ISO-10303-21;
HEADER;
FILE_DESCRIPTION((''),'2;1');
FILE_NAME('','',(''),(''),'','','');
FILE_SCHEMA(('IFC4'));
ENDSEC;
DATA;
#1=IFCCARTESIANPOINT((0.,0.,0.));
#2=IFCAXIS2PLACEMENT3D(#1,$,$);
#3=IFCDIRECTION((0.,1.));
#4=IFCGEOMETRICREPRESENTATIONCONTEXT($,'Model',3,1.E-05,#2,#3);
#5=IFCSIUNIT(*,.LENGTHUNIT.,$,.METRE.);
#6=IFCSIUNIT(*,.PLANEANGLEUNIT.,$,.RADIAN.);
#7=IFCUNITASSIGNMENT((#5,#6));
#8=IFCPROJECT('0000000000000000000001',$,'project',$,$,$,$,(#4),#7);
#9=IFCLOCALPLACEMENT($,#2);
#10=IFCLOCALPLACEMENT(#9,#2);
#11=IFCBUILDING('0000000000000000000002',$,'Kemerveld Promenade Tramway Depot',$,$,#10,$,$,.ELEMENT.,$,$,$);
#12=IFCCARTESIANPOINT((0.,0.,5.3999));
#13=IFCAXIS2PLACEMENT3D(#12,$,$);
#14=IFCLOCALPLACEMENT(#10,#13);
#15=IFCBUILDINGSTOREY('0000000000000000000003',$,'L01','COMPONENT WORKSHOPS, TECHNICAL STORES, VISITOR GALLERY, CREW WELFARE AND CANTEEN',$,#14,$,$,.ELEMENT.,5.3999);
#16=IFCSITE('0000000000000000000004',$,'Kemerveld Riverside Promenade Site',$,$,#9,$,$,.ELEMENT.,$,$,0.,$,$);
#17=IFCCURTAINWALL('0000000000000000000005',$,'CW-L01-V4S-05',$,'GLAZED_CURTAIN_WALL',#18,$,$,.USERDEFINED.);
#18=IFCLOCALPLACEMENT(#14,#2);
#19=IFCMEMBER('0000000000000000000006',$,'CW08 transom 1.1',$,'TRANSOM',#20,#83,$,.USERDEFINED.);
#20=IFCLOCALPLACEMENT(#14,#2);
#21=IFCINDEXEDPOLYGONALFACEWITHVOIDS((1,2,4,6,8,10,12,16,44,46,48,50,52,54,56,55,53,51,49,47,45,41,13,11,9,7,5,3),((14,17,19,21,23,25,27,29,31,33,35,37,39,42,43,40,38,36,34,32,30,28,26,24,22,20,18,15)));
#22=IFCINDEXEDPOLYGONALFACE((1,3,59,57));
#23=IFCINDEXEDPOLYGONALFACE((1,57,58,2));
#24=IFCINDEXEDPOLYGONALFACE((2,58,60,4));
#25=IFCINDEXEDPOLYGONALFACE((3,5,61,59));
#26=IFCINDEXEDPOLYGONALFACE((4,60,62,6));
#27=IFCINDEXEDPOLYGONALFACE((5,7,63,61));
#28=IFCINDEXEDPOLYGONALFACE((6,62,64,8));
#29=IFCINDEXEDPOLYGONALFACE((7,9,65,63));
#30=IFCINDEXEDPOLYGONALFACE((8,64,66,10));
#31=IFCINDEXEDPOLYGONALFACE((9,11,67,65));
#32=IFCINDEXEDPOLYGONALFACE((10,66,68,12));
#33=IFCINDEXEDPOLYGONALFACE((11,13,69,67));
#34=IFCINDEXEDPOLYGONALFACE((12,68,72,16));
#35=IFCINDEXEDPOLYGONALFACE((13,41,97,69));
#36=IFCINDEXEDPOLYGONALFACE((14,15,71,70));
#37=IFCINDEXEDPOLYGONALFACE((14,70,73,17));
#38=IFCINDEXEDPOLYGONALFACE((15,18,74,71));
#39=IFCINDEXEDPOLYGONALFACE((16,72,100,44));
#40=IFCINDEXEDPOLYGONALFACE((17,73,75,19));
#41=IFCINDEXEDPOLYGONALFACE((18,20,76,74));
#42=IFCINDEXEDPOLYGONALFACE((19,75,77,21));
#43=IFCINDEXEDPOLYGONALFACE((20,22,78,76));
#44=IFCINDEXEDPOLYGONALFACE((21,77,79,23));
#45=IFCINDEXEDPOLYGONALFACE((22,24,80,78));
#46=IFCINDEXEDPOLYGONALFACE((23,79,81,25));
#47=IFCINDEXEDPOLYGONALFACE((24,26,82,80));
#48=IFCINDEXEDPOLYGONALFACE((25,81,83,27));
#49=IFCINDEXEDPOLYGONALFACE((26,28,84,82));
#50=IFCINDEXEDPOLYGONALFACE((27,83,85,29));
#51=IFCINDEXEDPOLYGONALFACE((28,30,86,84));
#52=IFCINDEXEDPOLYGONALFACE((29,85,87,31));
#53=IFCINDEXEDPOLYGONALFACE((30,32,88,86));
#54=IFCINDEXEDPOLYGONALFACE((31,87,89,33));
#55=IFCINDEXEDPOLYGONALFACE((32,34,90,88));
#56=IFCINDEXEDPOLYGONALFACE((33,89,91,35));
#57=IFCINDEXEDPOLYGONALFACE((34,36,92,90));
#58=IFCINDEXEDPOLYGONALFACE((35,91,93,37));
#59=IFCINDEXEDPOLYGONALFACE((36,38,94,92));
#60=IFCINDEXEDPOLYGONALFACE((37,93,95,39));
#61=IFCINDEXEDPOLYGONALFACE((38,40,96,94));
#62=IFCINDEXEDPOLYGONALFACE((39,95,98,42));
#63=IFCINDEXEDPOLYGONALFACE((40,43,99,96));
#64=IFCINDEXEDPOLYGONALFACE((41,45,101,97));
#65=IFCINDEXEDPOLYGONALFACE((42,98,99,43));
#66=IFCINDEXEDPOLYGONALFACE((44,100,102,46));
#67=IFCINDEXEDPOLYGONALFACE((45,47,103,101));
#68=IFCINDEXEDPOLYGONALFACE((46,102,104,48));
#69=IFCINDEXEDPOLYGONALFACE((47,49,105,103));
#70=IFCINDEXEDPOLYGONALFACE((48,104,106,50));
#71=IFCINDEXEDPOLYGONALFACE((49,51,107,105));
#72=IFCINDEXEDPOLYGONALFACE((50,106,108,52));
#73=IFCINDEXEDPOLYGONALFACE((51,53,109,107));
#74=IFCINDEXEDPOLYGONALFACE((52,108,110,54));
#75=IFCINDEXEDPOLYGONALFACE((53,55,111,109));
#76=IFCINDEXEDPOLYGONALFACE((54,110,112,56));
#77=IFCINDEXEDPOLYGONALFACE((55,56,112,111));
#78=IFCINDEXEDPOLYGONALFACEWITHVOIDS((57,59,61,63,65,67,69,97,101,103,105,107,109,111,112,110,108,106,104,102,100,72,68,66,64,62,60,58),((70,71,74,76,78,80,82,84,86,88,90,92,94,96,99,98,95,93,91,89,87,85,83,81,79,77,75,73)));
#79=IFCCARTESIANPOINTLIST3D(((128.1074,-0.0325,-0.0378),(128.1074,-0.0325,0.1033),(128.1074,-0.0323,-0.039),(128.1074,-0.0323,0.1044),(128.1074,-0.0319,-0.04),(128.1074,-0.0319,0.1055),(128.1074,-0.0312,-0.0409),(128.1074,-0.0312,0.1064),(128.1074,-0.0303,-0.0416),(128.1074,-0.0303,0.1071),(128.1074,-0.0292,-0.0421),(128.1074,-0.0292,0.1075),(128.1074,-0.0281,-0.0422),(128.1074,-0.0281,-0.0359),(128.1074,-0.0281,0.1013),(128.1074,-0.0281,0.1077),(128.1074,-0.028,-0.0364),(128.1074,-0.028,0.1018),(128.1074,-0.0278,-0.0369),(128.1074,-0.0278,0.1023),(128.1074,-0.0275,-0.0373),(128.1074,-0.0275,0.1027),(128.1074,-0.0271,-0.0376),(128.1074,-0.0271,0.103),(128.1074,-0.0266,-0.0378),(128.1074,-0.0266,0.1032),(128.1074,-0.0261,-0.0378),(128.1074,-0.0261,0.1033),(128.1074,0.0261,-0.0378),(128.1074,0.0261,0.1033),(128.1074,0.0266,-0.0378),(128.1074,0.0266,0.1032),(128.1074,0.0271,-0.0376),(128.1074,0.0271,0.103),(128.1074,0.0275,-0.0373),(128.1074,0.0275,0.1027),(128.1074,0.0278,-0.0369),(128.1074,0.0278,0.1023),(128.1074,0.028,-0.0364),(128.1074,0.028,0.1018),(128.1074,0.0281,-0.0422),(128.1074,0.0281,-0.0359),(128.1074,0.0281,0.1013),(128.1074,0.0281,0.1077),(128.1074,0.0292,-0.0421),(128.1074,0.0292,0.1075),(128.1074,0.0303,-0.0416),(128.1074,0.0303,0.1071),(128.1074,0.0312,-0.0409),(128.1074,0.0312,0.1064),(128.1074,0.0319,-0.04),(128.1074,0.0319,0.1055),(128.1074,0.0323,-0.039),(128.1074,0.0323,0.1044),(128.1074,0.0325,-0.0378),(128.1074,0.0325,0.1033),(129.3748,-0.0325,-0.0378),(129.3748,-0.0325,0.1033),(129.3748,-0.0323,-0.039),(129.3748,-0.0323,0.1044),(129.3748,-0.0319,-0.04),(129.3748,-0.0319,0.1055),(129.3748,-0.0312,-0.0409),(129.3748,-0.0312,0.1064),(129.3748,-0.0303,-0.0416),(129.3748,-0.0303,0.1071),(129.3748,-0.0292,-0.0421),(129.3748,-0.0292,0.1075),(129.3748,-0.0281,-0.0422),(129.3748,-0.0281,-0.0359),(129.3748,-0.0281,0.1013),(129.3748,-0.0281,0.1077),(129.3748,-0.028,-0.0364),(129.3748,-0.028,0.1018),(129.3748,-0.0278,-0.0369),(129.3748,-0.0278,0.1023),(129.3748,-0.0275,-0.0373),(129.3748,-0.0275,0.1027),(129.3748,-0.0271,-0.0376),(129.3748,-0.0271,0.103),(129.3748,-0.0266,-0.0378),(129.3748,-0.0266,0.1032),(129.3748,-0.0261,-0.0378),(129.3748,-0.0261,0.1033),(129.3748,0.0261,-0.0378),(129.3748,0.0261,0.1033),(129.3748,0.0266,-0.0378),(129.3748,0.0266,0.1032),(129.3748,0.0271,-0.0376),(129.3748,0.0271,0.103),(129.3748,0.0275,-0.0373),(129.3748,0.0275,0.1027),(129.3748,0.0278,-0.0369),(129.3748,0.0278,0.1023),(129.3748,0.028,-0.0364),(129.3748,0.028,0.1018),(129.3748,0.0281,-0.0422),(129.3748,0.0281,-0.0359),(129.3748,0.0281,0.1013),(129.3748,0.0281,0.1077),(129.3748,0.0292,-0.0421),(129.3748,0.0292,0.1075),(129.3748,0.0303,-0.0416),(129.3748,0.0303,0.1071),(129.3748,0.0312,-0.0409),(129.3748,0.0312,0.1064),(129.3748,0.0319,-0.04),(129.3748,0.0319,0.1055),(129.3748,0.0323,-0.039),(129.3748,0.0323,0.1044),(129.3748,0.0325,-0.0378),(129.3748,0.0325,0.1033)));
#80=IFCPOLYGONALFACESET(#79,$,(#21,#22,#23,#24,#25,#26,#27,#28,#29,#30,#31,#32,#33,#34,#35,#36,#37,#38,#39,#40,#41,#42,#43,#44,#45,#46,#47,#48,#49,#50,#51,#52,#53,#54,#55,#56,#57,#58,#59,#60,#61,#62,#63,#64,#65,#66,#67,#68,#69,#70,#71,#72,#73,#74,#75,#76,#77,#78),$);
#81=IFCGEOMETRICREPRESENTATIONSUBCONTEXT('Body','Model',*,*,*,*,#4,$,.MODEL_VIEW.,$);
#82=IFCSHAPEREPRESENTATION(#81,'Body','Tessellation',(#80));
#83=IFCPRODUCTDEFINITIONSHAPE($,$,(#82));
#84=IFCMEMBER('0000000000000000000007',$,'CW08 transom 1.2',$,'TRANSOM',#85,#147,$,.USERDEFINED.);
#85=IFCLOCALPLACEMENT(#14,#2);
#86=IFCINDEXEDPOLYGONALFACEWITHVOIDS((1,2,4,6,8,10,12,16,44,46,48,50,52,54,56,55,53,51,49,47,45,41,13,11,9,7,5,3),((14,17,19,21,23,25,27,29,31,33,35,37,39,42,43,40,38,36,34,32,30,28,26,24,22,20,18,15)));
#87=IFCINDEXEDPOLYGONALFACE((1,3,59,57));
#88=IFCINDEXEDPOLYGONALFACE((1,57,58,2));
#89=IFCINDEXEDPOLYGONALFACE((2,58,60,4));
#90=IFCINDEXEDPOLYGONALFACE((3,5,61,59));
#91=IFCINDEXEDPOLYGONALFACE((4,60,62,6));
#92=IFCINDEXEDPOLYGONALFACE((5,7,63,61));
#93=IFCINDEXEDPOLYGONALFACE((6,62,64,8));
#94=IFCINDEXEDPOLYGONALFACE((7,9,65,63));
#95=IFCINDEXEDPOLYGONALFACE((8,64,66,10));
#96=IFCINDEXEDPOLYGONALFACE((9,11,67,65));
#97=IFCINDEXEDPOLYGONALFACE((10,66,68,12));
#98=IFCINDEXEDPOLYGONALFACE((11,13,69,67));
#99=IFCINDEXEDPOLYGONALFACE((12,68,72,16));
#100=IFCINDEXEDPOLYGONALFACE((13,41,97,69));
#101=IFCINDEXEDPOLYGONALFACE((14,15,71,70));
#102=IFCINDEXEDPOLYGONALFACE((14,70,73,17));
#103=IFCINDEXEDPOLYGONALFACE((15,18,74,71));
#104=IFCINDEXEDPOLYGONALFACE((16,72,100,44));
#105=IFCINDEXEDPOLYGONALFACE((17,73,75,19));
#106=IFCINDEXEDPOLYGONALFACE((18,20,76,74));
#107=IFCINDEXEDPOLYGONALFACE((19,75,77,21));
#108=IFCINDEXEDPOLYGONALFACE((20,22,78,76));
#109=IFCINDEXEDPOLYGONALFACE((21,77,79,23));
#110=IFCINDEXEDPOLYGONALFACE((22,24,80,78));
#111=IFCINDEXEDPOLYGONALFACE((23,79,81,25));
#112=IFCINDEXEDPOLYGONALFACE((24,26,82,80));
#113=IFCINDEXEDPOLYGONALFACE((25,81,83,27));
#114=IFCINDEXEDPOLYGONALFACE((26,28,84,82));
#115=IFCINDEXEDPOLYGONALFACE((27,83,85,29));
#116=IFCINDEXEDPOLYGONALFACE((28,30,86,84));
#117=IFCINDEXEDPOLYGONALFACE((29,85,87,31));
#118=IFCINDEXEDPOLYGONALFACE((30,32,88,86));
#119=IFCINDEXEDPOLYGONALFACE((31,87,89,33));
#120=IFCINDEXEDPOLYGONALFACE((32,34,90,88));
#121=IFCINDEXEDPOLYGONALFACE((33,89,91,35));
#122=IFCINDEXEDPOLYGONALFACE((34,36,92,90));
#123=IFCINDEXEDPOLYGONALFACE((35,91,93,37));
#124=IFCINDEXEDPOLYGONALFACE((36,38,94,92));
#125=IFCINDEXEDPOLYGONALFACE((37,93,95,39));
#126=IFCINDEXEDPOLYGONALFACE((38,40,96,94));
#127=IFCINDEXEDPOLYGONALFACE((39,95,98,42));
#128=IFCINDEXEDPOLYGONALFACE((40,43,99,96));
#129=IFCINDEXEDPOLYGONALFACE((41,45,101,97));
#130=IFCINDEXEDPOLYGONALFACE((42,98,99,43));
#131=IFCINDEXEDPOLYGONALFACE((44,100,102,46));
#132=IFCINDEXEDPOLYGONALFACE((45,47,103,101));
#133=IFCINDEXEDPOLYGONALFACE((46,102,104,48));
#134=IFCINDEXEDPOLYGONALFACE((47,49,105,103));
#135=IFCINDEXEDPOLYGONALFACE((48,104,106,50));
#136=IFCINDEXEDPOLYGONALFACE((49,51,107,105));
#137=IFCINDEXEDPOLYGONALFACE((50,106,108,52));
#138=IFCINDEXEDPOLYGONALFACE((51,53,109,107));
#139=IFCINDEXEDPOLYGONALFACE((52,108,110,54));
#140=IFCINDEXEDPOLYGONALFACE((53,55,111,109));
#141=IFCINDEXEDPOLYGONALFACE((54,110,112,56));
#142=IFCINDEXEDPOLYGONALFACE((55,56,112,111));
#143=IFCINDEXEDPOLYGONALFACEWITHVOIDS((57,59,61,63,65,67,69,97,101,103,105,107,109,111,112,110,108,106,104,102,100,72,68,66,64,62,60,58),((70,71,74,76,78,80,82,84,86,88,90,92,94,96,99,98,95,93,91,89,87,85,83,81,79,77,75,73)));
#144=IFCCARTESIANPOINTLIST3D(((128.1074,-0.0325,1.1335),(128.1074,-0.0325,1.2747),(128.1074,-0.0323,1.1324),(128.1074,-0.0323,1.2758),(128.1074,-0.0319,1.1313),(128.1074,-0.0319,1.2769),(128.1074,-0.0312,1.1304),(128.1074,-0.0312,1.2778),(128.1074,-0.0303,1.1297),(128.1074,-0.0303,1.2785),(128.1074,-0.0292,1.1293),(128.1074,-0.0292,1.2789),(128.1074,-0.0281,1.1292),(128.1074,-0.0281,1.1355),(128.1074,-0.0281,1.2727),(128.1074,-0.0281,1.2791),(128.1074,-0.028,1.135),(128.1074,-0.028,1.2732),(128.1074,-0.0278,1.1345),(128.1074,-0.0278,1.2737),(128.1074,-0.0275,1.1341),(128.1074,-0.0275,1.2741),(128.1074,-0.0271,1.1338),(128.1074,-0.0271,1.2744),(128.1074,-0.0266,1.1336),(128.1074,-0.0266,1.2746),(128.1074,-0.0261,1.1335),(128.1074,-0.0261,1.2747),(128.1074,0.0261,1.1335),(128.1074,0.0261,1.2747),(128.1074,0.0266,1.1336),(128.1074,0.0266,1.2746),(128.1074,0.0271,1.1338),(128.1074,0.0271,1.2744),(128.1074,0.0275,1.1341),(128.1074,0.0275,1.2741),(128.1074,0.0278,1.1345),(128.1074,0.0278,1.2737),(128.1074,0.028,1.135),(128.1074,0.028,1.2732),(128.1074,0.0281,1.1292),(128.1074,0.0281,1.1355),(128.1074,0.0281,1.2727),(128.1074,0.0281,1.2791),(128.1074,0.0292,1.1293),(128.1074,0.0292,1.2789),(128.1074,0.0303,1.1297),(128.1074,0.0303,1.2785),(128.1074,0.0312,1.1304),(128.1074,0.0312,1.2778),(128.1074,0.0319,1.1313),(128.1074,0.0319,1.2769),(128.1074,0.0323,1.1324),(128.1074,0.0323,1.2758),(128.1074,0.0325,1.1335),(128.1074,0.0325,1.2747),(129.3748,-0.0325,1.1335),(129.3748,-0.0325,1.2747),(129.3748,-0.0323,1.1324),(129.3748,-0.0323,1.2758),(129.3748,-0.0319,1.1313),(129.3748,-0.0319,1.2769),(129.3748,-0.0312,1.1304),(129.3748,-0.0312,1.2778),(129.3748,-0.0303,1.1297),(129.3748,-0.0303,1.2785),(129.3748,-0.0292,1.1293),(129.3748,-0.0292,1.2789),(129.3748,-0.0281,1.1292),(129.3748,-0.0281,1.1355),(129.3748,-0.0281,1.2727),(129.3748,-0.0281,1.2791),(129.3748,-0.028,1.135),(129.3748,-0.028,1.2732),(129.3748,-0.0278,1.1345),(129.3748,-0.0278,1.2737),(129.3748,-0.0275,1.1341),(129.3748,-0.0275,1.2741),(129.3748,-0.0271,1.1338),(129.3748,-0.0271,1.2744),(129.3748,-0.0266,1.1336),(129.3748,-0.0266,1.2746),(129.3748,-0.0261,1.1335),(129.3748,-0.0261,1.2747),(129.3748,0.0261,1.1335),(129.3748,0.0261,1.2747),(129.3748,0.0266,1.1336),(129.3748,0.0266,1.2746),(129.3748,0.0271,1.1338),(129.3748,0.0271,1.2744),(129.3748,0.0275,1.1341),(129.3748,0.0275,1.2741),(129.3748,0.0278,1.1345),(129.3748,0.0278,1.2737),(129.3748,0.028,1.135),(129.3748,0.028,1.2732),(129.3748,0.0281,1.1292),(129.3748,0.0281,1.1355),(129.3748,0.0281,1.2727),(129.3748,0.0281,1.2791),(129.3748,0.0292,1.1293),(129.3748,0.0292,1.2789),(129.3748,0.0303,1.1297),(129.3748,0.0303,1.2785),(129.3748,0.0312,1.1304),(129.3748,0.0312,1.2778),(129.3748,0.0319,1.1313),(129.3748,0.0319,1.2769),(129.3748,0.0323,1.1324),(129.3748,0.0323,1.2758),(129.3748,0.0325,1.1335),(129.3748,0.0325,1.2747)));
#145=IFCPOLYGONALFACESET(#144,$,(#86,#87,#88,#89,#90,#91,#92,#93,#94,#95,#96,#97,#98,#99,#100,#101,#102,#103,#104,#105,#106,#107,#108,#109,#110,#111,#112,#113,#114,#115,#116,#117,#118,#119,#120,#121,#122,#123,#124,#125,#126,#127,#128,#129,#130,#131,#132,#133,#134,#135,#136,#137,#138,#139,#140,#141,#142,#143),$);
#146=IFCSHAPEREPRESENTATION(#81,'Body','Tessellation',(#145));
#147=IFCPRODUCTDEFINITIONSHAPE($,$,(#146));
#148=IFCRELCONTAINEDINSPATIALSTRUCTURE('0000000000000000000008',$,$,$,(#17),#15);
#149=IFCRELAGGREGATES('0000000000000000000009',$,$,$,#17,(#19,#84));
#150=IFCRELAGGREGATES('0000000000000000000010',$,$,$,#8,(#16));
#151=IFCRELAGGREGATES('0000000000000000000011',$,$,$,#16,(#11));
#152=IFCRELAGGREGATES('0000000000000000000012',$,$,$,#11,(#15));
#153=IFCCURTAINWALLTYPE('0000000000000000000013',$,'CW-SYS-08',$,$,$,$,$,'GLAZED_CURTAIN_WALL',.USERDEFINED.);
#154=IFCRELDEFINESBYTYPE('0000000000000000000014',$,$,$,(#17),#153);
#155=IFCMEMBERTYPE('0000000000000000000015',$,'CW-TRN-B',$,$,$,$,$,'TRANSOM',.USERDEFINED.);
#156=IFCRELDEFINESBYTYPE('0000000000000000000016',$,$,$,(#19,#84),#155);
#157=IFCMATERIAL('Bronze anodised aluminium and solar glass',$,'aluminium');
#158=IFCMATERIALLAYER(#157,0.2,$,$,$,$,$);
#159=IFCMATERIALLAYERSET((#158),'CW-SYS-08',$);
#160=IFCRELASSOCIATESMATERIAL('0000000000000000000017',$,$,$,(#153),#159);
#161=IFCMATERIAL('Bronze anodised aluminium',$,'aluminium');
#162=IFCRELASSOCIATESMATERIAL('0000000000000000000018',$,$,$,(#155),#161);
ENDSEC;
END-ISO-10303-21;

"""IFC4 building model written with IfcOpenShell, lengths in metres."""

from ifc_helpers import new_model, si_unit, direction, frame, origin, origin_2d, place, context, subcontext, project, spatial, hollow_rectangle, extrude, material, layer, layer_set, material_profile, profile_set, type_object, element, aggregate, save


model = new_model("IFC4")

# Units and contexts
model_context = context("Model", 3, precision=1e-05, world=origin(), true_north=direction((0.0, 1.0)))
body_context = subcontext(model_context, "Body", "Model", "MODEL_VIEW")
ifc_project = project(units=[si_unit("LENGTHUNIT", "METRE"), si_unit("PLANEANGLEUNIT", "RADIAN")], contexts=[model_context])

# Site, building, storey
site_placement = place(None, origin())
site = spatial("IfcSite", under=ifc_project, at=site_placement, Name="Kemerveld Riverside Promenade Site", CompositionType="ELEMENT", RefElevation=0.0)
building_placement = place(site_placement, origin())
building = spatial("IfcBuilding", under=site, at=building_placement, Name="Kemerveld Promenade Tramway Depot", CompositionType="ELEMENT")
storey_placement = place(building_placement, frame((0.0, 0.0, 5.3999)))
storey = spatial("IfcBuildingStorey", under=building, at=storey_placement, Name="L01", Description="COMPONENT WORKSHOPS, TECHNICAL STORES, VISITOR GALLERY, CREW WELFARE AND CANTEEN", CompositionType="ELEMENT", Elevation=5.3999)

# Curtain wall, members
ifc_material_1 = material(Name="Bronze anodised aluminium and solar glass", Category="aluminium")
ifc_layer_1 = layer(ifc_material_1, 0.2)
ifc_layer_set_1 = layer_set([ifc_layer_1], Name="CW-SYS-08")
curtain_wall_type = type_object("IfcCurtainWallType", Name="CW-SYS-08", ElementType="GLAZED_CURTAIN_WALL", PredefinedType="USERDEFINED", material=ifc_layer_set_1)
curtain_wall_placement = place(storey_placement, origin())
curtain_wall = element("IfcCurtainWall", 1, at=curtain_wall_placement, inside=storey, type_object=curtain_wall_type, Name="CW-L01-V4S-05", ObjectType="GLAZED_CURTAIN_WALL", PredefinedType="USERDEFINED")
ifc_material_2 = material(Name="Bronze anodised aluminium", Category="aluminium")
ifc_material_profile_1 = material_profile(ifc_material_2, hollow_rectangle(XDim=0.0649, YDim=0.1499, WallThickness=0.0044, InnerFilletRadius=0.002, OuterFilletRadius=0.0044, at=origin_2d()), Name="CW-TRN-150x65")
ifc_profile_set_1 = profile_set([ifc_material_profile_1], Name="Bronze anodised aluminium")
member_type_1 = type_object("IfcMemberType", Name="CW-TRN-B", ElementType="TRANSOM", PredefinedType="USERDEFINED", material=ifc_profile_set_1)
member_1_placement = place(storey_placement, frame((129.3748, 0.0, 0.0327), z_axis=(-1.0, 0.0, 0.0), x_axis=(0.0, -1.0, 0.0)))
member_1 = element("IfcMember", 2, at=member_1_placement, type_object=member_type_1, Name="CW08 transom 1.1", ObjectType="TRANSOM", PredefinedType="USERDEFINED", context=body_context, shape_type="SweptSolid", body=[
    extrude(hollow_rectangle(XDim=0.0649, YDim=0.1499, WallThickness=0.0044, InnerFilletRadius=0.002, OuterFilletRadius=0.0044, at=origin_2d()), origin(), (0.0, 0.0, 1.0), 1.2673),
])
member_2_placement = place(storey_placement, frame((129.3748, 0.0, 1.2041), z_axis=(-1.0, 0.0, 0.0), x_axis=(0.0, -1.0, 0.0)))
member_2 = element("IfcMember", 3, at=member_2_placement, type_object=member_type_1, Name="CW08 transom 1.2", ObjectType="TRANSOM", PredefinedType="USERDEFINED", context=body_context, shape_type="SweptSolid", body=[
    extrude(hollow_rectangle(XDim=0.0649, YDim=0.1499, WallThickness=0.0044, InnerFilletRadius=0.002, OuterFilletRadius=0.0044, at=origin_2d()), origin(), (0.0, 0.0, 1.0), 1.2673),
])
aggregate(curtain_wall, [member_1, member_2])

save(model, "model.ifc")
